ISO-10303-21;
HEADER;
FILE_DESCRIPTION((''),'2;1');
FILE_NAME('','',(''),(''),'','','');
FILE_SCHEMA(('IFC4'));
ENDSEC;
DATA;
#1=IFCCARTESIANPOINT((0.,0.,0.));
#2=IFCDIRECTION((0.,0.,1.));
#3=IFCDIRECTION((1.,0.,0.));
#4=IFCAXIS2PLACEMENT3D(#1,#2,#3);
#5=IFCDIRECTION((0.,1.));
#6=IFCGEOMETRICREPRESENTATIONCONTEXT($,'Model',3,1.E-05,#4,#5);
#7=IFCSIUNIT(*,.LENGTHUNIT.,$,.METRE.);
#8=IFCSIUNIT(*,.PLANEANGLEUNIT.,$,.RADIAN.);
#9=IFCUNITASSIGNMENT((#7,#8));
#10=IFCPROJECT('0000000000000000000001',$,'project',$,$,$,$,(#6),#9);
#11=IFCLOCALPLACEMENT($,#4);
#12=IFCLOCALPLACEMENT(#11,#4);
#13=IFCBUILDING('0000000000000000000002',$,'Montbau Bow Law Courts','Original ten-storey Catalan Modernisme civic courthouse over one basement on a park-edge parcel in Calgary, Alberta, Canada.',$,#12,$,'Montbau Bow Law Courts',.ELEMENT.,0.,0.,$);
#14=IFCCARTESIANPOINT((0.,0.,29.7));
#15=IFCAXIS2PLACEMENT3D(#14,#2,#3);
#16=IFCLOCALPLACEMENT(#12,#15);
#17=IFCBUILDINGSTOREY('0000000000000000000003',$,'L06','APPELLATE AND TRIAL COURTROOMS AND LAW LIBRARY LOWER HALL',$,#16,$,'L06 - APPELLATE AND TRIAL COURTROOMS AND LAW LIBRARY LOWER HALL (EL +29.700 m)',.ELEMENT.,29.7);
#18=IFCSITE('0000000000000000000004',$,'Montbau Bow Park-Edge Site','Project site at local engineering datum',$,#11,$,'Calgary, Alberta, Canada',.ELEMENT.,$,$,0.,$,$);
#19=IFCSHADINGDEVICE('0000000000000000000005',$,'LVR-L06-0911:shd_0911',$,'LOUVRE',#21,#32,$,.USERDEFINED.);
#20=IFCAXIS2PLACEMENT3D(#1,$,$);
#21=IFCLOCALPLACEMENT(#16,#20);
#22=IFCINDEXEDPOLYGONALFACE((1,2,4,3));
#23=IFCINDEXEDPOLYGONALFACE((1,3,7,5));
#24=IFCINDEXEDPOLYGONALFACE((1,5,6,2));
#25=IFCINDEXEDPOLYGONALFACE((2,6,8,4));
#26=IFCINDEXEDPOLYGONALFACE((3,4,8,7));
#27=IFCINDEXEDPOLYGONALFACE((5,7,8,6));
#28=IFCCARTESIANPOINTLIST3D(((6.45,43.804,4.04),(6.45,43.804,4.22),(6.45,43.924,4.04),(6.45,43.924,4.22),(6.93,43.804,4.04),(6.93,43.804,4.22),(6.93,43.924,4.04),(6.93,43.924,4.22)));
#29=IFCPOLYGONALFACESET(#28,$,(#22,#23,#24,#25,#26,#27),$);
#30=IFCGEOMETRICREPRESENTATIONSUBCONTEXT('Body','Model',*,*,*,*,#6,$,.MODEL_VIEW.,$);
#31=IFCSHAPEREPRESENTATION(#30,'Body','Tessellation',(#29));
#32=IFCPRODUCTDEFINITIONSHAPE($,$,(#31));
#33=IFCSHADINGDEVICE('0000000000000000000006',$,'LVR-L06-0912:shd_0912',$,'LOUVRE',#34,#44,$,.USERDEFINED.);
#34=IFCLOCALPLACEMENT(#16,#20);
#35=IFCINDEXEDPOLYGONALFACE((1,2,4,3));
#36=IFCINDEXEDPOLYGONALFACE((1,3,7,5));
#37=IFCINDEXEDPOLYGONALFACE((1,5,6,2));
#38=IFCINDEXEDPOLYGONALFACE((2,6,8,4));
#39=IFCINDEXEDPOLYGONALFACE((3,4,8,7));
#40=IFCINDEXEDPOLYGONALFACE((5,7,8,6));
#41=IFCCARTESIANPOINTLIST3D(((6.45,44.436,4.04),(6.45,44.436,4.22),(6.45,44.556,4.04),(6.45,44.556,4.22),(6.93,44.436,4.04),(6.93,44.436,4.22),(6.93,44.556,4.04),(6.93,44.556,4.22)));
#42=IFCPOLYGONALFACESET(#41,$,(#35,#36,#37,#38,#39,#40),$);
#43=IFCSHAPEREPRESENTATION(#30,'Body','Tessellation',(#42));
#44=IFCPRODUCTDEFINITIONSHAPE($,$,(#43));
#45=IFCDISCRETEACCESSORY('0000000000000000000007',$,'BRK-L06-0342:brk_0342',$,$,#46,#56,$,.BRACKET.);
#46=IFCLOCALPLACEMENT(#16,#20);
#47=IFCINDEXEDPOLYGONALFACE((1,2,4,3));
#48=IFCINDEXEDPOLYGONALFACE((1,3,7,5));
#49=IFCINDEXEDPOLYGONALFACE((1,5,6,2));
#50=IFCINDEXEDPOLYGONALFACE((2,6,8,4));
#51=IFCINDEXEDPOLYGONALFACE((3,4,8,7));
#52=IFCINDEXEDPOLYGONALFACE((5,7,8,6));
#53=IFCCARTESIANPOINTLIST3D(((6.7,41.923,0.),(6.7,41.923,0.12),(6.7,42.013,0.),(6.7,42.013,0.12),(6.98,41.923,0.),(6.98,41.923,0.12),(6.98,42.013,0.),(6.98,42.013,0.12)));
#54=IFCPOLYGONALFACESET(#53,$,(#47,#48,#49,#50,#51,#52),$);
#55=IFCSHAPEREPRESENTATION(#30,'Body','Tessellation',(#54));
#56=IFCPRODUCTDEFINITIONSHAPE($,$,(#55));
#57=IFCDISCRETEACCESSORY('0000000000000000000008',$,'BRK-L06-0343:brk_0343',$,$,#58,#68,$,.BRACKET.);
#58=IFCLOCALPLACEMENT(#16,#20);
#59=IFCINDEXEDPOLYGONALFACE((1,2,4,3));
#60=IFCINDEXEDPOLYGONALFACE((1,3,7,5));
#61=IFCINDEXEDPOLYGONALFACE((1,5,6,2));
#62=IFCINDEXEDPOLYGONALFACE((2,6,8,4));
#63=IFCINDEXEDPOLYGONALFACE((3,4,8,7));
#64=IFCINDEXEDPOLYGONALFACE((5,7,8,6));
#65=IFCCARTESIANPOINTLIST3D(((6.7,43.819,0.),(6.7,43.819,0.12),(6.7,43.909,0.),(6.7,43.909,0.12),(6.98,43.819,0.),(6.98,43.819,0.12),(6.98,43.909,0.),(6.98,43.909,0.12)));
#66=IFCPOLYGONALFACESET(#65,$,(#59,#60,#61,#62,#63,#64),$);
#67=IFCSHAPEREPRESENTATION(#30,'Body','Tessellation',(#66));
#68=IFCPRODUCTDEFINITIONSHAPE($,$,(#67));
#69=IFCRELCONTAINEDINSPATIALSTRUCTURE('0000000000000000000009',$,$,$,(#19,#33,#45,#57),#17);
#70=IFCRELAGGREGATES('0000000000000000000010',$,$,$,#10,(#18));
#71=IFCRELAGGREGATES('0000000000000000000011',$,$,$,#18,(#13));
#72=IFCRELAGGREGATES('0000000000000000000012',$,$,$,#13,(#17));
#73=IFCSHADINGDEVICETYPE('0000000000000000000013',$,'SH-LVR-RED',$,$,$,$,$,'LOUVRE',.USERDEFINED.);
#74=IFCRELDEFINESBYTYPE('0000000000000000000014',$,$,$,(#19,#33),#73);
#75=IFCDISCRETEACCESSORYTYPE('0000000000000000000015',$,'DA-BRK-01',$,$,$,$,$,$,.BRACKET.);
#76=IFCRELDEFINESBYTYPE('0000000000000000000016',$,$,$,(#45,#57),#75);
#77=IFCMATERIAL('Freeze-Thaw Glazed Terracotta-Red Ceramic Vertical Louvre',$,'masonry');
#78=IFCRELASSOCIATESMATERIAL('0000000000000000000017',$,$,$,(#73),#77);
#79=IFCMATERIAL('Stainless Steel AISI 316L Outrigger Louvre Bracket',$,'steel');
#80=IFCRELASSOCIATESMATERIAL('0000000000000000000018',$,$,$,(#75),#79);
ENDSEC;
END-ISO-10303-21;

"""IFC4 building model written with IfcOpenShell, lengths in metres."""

from ifc_helpers import new_model, si_unit, direction, frame, origin_with_axes, origin_2d_with_axis, place, context, subcontext, project, spatial, rectangle, extrude, material, type_object, element, save


model = new_model("IFC4")

# Units and contexts
model_context = context("Model", 3, precision=1e-05, world=origin_with_axes(), true_north=direction((0.0, 1.0)))
body_context = subcontext(model_context, "Body", "Model", "MODEL_VIEW")
ifc_project = project(units=[si_unit("LENGTHUNIT", "METRE"), si_unit("PLANEANGLEUNIT", "RADIAN")], contexts=[model_context])

# Site, building, storey
site_placement = place(None, origin_with_axes())
site = spatial("IfcSite", under=ifc_project, at=site_placement, Name="Montbau Bow Park-Edge Site", Description="Project site at local engineering datum", LongName="Calgary, Alberta, Canada", CompositionType="ELEMENT", RefElevation=0.0)
building_placement = place(site_placement, origin_with_axes())
building = spatial("IfcBuilding", under=site, at=building_placement, Name="Montbau Bow Law Courts", Description="Original ten-storey Catalan Modernisme civic courthouse over one basement on a park-edge parcel in Calgary, Alberta, Canada.", LongName="Montbau Bow Law Courts", CompositionType="ELEMENT", ElevationOfRefHeight=0.0, ElevationOfTerrain=0.0)
storey_placement = place(building_placement, frame((0.0, 0.0, 29.7), z_axis=(0.0, 0.0, 1.0), x_axis=(1.0, 0.0, 0.0)))
storey = spatial("IfcBuildingStorey", under=building, at=storey_placement, Name="L06", Description="APPELLATE AND TRIAL COURTROOMS AND LAW LIBRARY LOWER HALL", LongName="L06 - APPELLATE AND TRIAL COURTROOMS AND LAW LIBRARY LOWER HALL (EL +29.700 m)", CompositionType="ELEMENT", Elevation=29.7)

# Shared definitions
ifc_material_1 = material(Name="Freeze-Thaw Glazed Terracotta-Red Ceramic Vertical Louvre", Category="masonry")

# Shading devices
shading_device_type = type_object("IfcShadingDeviceType", Name="SH-LVR-RED", ElementType="LOUVRE", PredefinedType="USERDEFINED", material=ifc_material_1)
for number, where, z_axis, x_axis, name in (
    (1, (6.69, 43.864, 33.74), (0.0, 0.0, 1.0), (-1.0, 0.0, 0.0), "LVR-L06-0911:shd_0911"),
    (2, (6.69, 44.496, 33.74), (0.0, 0.0, 1.0), (-1.0, 0.0, 0.0), "LVR-L06-0912:shd_0912"),
):
    element("IfcShadingDevice", number, at=place(None, frame(where, z_axis=z_axis, x_axis=x_axis)), inside=storey, type_object=shading_device_type, Name=name, ObjectType="LOUVRE", PredefinedType="USERDEFINED", context=body_context, shape_type="SweptSolid", body=[
        extrude(rectangle(XDim=0.48, YDim=0.12, at=origin_2d_with_axis()), origin_with_axes(), (0.0, 0.0, 1.0), 0.18),
    ])

# Discrete accessories
ifc_material_2 = material(Name="Stainless Steel AISI 316L Outrigger Louvre Bracket", Category="steel")
discrete_accessory_type = type_object("IfcDiscreteAccessoryType", Name="DA-BRK-01", PredefinedType="BRACKET", material=ifc_material_2)
for number, where, z_axis, x_axis, name in (
    (3, (6.84, 41.968, 29.7), (0.0, 0.0, 1.0), (-1.0, 0.0, 0.0), "BRK-L06-0342:brk_0342"),
    (4, (6.84, 43.864, 29.7), (0.0, 0.0, 1.0), (-1.0, 0.0, 0.0), "BRK-L06-0343:brk_0343"),
):
    element("IfcDiscreteAccessory", number, at=place(None, frame(where, z_axis=z_axis, x_axis=x_axis)), inside=storey, type_object=discrete_accessory_type, Name=name, PredefinedType="BRACKET", context=body_context, shape_type="SweptSolid", body=[
        extrude(rectangle(XDim=0.28, YDim=0.09, at=origin_2d_with_axis()), origin_with_axes(), (0.0, 0.0, 1.0), 0.12),
    ])

save(model, "model.ifc")
